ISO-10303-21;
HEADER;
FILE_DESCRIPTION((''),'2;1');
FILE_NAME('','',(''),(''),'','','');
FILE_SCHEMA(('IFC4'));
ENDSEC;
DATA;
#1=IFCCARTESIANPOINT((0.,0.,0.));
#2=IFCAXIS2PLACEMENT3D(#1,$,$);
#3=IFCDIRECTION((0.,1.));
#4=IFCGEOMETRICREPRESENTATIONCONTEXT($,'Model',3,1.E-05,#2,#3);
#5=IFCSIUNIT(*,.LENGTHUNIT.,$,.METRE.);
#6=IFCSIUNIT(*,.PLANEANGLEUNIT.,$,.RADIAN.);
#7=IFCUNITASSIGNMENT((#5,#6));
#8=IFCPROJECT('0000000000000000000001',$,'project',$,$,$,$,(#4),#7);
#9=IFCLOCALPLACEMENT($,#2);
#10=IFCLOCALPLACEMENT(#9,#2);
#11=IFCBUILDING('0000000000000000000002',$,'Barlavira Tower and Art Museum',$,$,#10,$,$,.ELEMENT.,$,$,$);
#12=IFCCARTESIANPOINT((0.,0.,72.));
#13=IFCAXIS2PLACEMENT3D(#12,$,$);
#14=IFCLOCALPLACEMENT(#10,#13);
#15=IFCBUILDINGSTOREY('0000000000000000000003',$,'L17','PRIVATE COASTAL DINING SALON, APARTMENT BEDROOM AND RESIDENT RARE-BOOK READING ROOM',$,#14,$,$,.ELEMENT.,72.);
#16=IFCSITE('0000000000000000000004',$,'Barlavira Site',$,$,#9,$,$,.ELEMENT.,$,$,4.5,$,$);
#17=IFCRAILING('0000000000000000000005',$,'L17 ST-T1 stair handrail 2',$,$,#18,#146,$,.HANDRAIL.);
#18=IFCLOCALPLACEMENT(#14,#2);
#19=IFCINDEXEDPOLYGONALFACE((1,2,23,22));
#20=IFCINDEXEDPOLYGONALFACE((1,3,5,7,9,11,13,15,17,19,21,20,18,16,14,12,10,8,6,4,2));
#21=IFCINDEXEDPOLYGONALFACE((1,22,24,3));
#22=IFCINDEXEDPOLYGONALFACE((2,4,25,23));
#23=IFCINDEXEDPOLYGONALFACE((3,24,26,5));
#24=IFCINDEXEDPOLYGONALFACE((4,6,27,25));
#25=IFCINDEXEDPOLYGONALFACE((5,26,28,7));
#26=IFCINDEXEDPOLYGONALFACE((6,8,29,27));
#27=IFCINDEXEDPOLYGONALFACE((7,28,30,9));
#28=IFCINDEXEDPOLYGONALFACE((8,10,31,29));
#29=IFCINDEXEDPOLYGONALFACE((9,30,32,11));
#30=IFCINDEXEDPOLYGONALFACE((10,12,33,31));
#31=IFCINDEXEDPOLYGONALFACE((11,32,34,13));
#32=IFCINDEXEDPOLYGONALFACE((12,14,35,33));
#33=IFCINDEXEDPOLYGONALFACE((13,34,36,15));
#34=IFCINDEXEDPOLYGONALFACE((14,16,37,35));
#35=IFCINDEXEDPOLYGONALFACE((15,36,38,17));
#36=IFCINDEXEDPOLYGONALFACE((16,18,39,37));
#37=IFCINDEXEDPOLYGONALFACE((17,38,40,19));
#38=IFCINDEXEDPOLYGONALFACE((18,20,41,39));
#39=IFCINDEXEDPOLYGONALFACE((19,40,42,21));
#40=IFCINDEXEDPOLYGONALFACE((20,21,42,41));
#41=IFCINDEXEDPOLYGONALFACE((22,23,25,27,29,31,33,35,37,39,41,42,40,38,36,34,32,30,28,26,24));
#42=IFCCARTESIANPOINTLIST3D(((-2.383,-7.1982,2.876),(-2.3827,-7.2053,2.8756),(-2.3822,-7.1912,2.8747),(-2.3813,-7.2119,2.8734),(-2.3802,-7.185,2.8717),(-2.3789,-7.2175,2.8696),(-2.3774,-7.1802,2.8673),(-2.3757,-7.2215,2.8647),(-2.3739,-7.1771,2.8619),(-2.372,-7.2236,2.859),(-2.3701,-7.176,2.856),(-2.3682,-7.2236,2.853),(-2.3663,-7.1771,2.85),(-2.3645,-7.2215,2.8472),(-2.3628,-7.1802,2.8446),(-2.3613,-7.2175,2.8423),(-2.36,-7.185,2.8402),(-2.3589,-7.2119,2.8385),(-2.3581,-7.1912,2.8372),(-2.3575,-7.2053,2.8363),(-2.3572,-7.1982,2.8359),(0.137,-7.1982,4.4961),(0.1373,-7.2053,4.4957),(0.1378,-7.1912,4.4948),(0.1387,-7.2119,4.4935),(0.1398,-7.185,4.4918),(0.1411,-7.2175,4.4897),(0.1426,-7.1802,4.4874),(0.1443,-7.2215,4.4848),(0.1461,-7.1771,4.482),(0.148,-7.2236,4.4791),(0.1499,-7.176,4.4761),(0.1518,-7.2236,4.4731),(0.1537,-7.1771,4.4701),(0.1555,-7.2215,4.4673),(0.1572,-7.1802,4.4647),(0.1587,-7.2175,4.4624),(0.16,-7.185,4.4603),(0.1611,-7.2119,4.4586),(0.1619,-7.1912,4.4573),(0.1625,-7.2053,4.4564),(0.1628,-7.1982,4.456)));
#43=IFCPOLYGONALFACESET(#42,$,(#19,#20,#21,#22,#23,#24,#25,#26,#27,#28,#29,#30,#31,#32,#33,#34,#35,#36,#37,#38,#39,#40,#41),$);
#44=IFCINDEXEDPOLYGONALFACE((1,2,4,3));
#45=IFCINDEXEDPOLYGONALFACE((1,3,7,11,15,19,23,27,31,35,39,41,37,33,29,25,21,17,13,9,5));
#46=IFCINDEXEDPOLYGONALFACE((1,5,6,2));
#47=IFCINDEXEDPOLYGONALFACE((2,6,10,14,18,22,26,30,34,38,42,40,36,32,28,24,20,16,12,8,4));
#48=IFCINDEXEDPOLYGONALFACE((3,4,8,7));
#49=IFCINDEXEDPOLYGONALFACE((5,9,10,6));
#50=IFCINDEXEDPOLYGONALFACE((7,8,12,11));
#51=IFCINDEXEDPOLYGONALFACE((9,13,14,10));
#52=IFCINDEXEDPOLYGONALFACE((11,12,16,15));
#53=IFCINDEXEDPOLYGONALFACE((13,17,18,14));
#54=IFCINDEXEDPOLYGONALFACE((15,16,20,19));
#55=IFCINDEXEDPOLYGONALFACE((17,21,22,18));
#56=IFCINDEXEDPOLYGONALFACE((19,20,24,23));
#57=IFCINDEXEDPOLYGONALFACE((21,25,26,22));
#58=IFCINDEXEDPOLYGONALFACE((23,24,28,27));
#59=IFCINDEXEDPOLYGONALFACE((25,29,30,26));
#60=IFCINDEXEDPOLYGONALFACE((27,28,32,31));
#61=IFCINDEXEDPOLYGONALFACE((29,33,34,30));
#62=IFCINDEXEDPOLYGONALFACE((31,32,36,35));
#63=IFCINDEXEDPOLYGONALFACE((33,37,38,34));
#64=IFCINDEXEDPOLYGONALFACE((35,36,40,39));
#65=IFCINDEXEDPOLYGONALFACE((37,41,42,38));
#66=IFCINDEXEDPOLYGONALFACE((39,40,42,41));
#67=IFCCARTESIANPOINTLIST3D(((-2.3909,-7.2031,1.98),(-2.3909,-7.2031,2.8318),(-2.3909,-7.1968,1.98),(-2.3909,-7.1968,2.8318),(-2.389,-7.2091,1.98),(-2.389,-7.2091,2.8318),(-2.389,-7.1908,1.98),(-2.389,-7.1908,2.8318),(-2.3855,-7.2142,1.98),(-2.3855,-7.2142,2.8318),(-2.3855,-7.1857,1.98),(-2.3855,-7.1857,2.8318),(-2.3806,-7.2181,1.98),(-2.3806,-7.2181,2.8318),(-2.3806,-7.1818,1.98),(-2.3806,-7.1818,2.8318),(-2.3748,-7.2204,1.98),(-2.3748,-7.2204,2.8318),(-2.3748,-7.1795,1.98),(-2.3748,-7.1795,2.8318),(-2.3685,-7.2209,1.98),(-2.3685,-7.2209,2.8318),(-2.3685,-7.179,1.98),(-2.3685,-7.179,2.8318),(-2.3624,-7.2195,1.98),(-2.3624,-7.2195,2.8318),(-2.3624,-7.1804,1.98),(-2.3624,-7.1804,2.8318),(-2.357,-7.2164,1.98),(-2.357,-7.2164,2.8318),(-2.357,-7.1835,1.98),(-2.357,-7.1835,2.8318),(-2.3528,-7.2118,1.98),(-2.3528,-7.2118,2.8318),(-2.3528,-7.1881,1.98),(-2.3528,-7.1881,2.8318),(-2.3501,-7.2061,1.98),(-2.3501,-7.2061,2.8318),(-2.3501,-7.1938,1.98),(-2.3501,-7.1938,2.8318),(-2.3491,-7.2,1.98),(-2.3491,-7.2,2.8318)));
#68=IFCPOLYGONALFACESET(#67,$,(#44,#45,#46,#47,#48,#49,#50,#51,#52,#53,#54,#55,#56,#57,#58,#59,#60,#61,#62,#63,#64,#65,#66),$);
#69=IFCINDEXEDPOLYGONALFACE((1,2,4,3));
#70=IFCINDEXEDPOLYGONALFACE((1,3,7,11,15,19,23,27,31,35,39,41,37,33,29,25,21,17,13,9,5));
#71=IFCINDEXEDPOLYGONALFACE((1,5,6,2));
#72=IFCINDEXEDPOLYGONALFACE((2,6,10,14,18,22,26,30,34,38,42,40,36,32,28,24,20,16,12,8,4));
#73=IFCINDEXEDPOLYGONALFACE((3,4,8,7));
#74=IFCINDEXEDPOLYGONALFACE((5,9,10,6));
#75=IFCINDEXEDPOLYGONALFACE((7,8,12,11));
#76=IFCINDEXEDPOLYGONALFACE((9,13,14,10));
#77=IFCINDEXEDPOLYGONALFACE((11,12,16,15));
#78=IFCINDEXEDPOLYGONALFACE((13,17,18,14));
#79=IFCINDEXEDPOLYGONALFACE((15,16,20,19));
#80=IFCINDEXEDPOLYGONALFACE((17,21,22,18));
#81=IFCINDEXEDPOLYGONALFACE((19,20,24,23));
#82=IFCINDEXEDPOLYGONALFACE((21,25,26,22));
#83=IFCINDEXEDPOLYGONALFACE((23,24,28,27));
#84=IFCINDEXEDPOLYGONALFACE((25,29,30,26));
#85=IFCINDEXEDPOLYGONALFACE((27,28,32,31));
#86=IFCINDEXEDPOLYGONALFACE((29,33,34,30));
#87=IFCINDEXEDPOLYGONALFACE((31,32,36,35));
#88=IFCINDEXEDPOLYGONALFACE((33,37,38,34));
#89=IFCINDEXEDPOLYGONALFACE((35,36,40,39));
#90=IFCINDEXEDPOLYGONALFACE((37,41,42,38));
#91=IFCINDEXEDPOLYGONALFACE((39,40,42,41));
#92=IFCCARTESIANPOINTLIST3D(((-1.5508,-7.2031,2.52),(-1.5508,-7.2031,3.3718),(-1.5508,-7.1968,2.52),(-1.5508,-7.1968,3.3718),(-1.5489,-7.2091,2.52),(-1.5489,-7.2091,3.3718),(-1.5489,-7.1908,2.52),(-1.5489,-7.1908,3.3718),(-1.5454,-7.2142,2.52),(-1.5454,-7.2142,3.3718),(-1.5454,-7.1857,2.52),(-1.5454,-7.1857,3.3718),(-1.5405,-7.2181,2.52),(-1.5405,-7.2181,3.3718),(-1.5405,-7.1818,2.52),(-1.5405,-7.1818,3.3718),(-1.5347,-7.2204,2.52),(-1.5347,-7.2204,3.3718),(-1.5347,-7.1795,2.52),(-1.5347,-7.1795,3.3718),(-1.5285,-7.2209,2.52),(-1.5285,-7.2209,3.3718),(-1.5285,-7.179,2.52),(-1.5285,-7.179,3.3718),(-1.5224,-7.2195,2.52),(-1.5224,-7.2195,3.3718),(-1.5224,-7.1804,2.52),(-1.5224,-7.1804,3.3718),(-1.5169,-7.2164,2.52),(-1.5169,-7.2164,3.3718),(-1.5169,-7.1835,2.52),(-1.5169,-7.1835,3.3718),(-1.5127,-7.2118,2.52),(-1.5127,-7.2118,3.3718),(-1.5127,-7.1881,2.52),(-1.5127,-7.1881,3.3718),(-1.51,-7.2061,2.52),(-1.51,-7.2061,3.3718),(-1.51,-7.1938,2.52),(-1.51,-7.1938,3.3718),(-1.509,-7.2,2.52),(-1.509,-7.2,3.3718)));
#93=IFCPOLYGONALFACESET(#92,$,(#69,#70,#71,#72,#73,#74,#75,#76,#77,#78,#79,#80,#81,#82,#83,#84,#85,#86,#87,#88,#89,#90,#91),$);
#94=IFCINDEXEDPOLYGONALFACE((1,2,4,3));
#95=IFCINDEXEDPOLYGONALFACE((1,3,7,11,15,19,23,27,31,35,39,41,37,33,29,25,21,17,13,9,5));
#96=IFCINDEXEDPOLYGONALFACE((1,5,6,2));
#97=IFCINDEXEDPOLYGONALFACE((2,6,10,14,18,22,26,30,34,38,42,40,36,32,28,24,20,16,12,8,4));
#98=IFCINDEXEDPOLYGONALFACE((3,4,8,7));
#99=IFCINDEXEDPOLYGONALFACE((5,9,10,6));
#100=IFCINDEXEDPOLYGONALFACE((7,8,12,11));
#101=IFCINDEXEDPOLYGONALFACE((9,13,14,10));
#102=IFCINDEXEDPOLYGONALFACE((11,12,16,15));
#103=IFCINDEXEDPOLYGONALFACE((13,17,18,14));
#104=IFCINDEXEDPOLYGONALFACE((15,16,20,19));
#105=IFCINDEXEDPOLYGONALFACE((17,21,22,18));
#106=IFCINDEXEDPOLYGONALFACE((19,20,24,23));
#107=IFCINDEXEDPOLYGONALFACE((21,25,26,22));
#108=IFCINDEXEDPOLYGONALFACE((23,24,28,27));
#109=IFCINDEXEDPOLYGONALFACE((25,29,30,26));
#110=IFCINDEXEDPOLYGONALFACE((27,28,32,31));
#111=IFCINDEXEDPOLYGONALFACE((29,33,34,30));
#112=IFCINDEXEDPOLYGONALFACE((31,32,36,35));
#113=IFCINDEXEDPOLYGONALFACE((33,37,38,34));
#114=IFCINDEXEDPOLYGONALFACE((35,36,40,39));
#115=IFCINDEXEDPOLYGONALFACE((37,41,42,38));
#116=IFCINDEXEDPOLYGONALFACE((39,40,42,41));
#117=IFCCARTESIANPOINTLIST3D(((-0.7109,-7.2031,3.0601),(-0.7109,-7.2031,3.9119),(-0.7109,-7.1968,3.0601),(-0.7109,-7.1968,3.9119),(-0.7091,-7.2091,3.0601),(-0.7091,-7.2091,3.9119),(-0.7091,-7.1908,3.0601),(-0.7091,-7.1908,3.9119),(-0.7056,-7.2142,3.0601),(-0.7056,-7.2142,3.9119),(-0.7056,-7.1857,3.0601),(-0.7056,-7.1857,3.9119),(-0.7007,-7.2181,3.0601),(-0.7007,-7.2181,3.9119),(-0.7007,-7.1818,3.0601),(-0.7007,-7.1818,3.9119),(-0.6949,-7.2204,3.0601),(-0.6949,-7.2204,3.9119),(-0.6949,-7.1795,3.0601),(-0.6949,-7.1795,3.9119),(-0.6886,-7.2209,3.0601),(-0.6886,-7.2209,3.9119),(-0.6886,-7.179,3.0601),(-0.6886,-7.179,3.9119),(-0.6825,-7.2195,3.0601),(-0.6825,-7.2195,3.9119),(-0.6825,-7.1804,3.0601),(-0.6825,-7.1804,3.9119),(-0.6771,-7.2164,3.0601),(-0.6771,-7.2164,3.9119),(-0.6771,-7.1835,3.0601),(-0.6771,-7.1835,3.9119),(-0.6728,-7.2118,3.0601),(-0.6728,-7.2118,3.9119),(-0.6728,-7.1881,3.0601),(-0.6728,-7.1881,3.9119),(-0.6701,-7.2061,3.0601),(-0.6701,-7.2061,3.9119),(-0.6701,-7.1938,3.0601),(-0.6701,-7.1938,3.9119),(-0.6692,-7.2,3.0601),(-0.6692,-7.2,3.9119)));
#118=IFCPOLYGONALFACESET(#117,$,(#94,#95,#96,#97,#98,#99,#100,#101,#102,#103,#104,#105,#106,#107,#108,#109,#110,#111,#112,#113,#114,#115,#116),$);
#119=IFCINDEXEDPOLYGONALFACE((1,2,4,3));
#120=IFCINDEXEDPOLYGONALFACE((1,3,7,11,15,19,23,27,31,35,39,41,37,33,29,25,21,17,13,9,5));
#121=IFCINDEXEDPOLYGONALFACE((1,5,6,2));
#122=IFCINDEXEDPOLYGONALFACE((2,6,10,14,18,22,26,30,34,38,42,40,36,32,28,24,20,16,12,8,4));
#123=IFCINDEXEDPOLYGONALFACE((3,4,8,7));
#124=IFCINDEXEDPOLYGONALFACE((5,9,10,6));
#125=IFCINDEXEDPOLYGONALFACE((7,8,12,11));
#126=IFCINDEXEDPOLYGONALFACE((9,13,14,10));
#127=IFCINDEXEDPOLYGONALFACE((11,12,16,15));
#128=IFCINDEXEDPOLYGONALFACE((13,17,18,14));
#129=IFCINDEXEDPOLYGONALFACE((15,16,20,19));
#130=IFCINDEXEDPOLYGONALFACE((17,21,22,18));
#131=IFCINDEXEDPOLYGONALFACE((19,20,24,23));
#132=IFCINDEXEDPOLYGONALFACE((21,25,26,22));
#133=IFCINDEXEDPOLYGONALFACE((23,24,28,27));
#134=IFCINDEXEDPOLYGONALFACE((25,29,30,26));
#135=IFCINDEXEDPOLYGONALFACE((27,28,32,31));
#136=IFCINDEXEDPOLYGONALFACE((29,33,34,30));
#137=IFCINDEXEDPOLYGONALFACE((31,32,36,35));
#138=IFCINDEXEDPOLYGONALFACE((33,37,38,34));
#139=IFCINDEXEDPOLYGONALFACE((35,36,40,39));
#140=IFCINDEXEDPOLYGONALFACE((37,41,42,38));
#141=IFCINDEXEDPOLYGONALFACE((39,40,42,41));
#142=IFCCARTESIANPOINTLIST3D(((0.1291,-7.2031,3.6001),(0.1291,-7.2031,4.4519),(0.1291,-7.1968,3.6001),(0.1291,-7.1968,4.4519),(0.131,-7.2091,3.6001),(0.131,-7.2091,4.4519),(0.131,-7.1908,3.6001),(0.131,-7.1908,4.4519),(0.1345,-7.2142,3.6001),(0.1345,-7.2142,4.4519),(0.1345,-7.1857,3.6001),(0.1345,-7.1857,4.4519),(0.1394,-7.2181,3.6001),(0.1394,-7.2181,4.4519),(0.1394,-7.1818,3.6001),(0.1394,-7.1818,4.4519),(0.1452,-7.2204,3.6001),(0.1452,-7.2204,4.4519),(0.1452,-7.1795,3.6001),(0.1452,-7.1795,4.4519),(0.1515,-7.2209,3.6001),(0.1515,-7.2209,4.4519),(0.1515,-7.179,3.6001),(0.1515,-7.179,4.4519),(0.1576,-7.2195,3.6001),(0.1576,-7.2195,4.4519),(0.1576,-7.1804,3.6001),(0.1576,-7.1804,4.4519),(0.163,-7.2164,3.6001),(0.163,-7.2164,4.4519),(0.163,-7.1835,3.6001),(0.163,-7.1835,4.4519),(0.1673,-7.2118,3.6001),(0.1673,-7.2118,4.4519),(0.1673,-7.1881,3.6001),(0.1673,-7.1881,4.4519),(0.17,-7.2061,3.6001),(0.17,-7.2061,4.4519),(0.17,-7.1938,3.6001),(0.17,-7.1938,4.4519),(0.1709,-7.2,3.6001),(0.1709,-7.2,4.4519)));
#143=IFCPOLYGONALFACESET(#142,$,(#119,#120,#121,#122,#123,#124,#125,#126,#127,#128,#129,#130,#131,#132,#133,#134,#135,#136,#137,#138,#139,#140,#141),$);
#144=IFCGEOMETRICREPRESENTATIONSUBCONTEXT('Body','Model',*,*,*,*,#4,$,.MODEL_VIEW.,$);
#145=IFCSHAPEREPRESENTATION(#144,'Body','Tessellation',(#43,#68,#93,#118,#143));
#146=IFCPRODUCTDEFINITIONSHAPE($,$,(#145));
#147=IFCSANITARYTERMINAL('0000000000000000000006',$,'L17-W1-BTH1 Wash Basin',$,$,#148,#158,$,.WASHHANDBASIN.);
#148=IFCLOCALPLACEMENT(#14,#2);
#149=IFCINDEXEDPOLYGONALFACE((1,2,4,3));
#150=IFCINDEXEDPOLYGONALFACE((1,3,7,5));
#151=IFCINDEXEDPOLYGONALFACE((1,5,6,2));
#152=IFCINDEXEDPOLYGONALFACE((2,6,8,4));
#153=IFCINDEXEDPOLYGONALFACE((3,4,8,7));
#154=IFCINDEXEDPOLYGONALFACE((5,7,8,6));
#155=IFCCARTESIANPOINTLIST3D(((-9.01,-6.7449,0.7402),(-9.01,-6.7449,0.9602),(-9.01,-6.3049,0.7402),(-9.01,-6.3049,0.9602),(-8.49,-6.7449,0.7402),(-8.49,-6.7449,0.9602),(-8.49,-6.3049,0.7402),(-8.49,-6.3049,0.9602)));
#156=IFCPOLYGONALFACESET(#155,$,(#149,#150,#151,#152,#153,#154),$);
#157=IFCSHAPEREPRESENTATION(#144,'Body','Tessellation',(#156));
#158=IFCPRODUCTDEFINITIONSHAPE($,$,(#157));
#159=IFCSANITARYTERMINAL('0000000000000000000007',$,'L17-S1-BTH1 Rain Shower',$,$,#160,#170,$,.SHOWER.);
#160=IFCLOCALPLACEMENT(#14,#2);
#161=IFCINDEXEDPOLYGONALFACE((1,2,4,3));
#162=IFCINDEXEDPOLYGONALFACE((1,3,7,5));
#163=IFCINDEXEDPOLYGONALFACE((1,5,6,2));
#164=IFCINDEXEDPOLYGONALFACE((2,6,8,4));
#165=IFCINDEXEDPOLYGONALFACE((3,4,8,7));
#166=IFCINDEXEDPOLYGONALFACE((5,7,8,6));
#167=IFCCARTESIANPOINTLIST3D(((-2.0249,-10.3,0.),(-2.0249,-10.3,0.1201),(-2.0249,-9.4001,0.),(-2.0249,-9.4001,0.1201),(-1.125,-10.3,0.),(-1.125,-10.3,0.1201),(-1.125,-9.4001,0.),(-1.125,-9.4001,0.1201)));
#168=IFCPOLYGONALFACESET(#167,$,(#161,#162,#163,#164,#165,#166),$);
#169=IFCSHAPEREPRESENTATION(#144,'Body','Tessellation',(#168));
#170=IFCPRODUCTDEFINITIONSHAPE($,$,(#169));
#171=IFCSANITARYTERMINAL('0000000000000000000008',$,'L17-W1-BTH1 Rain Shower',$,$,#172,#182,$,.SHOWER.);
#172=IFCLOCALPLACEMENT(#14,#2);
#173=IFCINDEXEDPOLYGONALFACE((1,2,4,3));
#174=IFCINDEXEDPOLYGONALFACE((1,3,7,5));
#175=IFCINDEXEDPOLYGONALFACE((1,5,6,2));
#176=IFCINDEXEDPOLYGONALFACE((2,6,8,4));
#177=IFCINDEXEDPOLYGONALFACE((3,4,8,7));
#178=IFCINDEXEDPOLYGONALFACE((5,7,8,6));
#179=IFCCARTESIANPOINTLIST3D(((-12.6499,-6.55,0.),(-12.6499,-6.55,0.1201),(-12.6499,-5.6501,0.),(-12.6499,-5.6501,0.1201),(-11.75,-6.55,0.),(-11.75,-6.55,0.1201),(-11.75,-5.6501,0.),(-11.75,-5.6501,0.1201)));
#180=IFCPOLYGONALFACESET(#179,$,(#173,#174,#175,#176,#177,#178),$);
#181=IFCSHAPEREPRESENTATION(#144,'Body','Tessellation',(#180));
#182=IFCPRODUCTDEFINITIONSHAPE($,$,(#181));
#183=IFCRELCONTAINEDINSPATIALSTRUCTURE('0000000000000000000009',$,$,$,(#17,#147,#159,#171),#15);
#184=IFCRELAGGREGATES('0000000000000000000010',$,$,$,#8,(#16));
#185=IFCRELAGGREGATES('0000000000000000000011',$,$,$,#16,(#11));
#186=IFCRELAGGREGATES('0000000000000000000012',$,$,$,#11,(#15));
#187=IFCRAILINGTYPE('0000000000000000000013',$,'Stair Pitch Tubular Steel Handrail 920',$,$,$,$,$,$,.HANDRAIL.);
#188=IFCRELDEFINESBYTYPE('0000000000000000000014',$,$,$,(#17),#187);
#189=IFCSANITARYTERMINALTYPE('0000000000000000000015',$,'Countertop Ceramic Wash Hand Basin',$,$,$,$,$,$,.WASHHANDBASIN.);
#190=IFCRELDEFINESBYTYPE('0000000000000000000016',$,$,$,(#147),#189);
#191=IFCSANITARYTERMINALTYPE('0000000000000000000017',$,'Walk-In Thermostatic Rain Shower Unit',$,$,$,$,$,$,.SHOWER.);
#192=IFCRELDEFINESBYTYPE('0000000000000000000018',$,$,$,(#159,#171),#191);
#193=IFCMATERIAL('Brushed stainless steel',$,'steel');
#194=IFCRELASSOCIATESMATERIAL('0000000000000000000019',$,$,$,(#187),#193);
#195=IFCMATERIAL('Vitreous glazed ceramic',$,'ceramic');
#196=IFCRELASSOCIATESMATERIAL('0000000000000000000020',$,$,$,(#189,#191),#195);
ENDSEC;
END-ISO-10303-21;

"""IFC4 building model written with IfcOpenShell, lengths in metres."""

from ifc_helpers import new_model, si_unit, direction, frame, origin, origin_2d, place, context, subcontext, project, spatial, rectangle, circle, extrude, material, type_object, element, save


model = new_model("IFC4")

# Units and contexts
model_context = context("Model", 3, precision=1e-05, world=origin(), true_north=direction((0.0, 1.0)))
body_context = subcontext(model_context, "Body", "Model", "MODEL_VIEW")
ifc_project = project(units=[si_unit("LENGTHUNIT", "METRE"), si_unit("PLANEANGLEUNIT", "RADIAN")], contexts=[model_context])

# Site, building, storey
site_placement = place(None, origin())
site = spatial("IfcSite", under=ifc_project, at=site_placement, Name="Barlavira Site", CompositionType="ELEMENT", RefElevation=4.5)
building_placement = place(site_placement, origin())
building = spatial("IfcBuilding", under=site, at=building_placement, Name="Barlavira Tower and Art Museum", CompositionType="ELEMENT")
storey_placement = place(building_placement, frame((0.0, 0.0, 72.0)))
storey = spatial("IfcBuildingStorey", under=building, at=storey_placement, Name="L17", Description="PRIVATE COASTAL DINING SALON, APARTMENT BEDROOM AND RESIDENT RARE-BOOK READING ROOM", CompositionType="ELEMENT", Elevation=72.0)

# Shared definitions
ifc_material_1 = material(Name="Brushed stainless steel", Category="steel")

# Railing
railing_type_1 = type_object("IfcRailingType", Name="Stair Pitch Tubular Steel Handrail 920", PredefinedType="HANDRAIL", material=ifc_material_1)
railing_1_placement = place(storey_placement, frame((-2.3701, -7.2, 1.98)))
element("IfcRailing", 1, at=railing_1_placement, inside=storey, type_object=railing_type_1, Name="L17 ST-T1 stair handrail 2", PredefinedType="HANDRAIL", context=body_context, shape_type="SweptSolid", body=[
    extrude(circle(Radius=0.0239, at=origin_2d()), frame((0.0, 0.0, 0.876), z_axis=(0.841163, 0.0, 0.540782), x_axis=(0.0, 1.0, 0.0)), (0.0, 0.0, 1.0), 2.9958),
    extrude(circle(Radius=0.021, at=origin_2d()), origin(), (0.0, 0.0, 1.0), 0.8518),
    extrude(circle(Radius=0.021, at=origin_2d()), frame((0.8401, 0.0, 0.54)), (0.0, 0.0, 1.0), 0.8518),
    extrude(circle(Radius=0.021, at=origin_2d()), frame((1.6799, 0.0, 1.0801)), (0.0, 0.0, 1.0), 0.8518),
    extrude(circle(Radius=0.021, at=origin_2d()), frame((2.52, 0.0, 1.6201)), (0.0, 0.0, 1.0), 0.8518),
])

# Sanitary terminals
ifc_material_2 = material(Name="Vitreous glazed ceramic", Category="ceramic")
sanitary_terminal_type_1 = type_object("IfcSanitaryTerminalType", Name="Countertop Ceramic Wash Hand Basin", PredefinedType="WASHHANDBASIN", material=ifc_material_2)
sanitary_terminal_placement = place(storey_placement, frame((-8.75, -6.5249, 0.7402), z_axis=(0.0, 0.0, 1.0), x_axis=(1.0, 0.0, 0.0)))
element("IfcSanitaryTerminal", 2, at=sanitary_terminal_placement, inside=storey, type_object=sanitary_terminal_type_1, Name="L17-W1-BTH1 Wash Basin", PredefinedType="WASHHANDBASIN", context=body_context, shape_type="SweptSolid", body=[
    extrude(rectangle(XDim=0.52, YDim=0.4399, at=origin_2d()), origin(), (0.0, 0.0, 1.0), 0.22),
])
sanitary_terminal_type_2 = type_object("IfcSanitaryTerminalType", Name="Walk-In Thermostatic Rain Shower Unit", PredefinedType="SHOWER", material=ifc_material_2)
for number, where, z_axis, x_axis, name in (
    (3, (-1.575, -9.8501, 0.0), (0.0, 0.0, 1.0), (1.0, 0.0, 0.0), "L17-S1-BTH1 Rain Shower"),
    (4, (-12.2, -6.1001, 0.0), (0.0, 0.0, 1.0), (1.0, 0.0, 0.0), "L17-W1-BTH1 Rain Shower"),
):
    element("IfcSanitaryTerminal", number, at=place(storey_placement, frame(where, z_axis=z_axis, x_axis=x_axis)), inside=storey, type_object=sanitary_terminal_type_2, Name=name, PredefinedType="SHOWER", context=body_context, shape_type="SweptSolid", body=[
        extrude(rectangle(XDim=0.8999, YDim=0.8999, at=origin_2d()), origin(), (0.0, 0.0, 1.0), 0.1201),
    ])

save(model, "model.ifc")
